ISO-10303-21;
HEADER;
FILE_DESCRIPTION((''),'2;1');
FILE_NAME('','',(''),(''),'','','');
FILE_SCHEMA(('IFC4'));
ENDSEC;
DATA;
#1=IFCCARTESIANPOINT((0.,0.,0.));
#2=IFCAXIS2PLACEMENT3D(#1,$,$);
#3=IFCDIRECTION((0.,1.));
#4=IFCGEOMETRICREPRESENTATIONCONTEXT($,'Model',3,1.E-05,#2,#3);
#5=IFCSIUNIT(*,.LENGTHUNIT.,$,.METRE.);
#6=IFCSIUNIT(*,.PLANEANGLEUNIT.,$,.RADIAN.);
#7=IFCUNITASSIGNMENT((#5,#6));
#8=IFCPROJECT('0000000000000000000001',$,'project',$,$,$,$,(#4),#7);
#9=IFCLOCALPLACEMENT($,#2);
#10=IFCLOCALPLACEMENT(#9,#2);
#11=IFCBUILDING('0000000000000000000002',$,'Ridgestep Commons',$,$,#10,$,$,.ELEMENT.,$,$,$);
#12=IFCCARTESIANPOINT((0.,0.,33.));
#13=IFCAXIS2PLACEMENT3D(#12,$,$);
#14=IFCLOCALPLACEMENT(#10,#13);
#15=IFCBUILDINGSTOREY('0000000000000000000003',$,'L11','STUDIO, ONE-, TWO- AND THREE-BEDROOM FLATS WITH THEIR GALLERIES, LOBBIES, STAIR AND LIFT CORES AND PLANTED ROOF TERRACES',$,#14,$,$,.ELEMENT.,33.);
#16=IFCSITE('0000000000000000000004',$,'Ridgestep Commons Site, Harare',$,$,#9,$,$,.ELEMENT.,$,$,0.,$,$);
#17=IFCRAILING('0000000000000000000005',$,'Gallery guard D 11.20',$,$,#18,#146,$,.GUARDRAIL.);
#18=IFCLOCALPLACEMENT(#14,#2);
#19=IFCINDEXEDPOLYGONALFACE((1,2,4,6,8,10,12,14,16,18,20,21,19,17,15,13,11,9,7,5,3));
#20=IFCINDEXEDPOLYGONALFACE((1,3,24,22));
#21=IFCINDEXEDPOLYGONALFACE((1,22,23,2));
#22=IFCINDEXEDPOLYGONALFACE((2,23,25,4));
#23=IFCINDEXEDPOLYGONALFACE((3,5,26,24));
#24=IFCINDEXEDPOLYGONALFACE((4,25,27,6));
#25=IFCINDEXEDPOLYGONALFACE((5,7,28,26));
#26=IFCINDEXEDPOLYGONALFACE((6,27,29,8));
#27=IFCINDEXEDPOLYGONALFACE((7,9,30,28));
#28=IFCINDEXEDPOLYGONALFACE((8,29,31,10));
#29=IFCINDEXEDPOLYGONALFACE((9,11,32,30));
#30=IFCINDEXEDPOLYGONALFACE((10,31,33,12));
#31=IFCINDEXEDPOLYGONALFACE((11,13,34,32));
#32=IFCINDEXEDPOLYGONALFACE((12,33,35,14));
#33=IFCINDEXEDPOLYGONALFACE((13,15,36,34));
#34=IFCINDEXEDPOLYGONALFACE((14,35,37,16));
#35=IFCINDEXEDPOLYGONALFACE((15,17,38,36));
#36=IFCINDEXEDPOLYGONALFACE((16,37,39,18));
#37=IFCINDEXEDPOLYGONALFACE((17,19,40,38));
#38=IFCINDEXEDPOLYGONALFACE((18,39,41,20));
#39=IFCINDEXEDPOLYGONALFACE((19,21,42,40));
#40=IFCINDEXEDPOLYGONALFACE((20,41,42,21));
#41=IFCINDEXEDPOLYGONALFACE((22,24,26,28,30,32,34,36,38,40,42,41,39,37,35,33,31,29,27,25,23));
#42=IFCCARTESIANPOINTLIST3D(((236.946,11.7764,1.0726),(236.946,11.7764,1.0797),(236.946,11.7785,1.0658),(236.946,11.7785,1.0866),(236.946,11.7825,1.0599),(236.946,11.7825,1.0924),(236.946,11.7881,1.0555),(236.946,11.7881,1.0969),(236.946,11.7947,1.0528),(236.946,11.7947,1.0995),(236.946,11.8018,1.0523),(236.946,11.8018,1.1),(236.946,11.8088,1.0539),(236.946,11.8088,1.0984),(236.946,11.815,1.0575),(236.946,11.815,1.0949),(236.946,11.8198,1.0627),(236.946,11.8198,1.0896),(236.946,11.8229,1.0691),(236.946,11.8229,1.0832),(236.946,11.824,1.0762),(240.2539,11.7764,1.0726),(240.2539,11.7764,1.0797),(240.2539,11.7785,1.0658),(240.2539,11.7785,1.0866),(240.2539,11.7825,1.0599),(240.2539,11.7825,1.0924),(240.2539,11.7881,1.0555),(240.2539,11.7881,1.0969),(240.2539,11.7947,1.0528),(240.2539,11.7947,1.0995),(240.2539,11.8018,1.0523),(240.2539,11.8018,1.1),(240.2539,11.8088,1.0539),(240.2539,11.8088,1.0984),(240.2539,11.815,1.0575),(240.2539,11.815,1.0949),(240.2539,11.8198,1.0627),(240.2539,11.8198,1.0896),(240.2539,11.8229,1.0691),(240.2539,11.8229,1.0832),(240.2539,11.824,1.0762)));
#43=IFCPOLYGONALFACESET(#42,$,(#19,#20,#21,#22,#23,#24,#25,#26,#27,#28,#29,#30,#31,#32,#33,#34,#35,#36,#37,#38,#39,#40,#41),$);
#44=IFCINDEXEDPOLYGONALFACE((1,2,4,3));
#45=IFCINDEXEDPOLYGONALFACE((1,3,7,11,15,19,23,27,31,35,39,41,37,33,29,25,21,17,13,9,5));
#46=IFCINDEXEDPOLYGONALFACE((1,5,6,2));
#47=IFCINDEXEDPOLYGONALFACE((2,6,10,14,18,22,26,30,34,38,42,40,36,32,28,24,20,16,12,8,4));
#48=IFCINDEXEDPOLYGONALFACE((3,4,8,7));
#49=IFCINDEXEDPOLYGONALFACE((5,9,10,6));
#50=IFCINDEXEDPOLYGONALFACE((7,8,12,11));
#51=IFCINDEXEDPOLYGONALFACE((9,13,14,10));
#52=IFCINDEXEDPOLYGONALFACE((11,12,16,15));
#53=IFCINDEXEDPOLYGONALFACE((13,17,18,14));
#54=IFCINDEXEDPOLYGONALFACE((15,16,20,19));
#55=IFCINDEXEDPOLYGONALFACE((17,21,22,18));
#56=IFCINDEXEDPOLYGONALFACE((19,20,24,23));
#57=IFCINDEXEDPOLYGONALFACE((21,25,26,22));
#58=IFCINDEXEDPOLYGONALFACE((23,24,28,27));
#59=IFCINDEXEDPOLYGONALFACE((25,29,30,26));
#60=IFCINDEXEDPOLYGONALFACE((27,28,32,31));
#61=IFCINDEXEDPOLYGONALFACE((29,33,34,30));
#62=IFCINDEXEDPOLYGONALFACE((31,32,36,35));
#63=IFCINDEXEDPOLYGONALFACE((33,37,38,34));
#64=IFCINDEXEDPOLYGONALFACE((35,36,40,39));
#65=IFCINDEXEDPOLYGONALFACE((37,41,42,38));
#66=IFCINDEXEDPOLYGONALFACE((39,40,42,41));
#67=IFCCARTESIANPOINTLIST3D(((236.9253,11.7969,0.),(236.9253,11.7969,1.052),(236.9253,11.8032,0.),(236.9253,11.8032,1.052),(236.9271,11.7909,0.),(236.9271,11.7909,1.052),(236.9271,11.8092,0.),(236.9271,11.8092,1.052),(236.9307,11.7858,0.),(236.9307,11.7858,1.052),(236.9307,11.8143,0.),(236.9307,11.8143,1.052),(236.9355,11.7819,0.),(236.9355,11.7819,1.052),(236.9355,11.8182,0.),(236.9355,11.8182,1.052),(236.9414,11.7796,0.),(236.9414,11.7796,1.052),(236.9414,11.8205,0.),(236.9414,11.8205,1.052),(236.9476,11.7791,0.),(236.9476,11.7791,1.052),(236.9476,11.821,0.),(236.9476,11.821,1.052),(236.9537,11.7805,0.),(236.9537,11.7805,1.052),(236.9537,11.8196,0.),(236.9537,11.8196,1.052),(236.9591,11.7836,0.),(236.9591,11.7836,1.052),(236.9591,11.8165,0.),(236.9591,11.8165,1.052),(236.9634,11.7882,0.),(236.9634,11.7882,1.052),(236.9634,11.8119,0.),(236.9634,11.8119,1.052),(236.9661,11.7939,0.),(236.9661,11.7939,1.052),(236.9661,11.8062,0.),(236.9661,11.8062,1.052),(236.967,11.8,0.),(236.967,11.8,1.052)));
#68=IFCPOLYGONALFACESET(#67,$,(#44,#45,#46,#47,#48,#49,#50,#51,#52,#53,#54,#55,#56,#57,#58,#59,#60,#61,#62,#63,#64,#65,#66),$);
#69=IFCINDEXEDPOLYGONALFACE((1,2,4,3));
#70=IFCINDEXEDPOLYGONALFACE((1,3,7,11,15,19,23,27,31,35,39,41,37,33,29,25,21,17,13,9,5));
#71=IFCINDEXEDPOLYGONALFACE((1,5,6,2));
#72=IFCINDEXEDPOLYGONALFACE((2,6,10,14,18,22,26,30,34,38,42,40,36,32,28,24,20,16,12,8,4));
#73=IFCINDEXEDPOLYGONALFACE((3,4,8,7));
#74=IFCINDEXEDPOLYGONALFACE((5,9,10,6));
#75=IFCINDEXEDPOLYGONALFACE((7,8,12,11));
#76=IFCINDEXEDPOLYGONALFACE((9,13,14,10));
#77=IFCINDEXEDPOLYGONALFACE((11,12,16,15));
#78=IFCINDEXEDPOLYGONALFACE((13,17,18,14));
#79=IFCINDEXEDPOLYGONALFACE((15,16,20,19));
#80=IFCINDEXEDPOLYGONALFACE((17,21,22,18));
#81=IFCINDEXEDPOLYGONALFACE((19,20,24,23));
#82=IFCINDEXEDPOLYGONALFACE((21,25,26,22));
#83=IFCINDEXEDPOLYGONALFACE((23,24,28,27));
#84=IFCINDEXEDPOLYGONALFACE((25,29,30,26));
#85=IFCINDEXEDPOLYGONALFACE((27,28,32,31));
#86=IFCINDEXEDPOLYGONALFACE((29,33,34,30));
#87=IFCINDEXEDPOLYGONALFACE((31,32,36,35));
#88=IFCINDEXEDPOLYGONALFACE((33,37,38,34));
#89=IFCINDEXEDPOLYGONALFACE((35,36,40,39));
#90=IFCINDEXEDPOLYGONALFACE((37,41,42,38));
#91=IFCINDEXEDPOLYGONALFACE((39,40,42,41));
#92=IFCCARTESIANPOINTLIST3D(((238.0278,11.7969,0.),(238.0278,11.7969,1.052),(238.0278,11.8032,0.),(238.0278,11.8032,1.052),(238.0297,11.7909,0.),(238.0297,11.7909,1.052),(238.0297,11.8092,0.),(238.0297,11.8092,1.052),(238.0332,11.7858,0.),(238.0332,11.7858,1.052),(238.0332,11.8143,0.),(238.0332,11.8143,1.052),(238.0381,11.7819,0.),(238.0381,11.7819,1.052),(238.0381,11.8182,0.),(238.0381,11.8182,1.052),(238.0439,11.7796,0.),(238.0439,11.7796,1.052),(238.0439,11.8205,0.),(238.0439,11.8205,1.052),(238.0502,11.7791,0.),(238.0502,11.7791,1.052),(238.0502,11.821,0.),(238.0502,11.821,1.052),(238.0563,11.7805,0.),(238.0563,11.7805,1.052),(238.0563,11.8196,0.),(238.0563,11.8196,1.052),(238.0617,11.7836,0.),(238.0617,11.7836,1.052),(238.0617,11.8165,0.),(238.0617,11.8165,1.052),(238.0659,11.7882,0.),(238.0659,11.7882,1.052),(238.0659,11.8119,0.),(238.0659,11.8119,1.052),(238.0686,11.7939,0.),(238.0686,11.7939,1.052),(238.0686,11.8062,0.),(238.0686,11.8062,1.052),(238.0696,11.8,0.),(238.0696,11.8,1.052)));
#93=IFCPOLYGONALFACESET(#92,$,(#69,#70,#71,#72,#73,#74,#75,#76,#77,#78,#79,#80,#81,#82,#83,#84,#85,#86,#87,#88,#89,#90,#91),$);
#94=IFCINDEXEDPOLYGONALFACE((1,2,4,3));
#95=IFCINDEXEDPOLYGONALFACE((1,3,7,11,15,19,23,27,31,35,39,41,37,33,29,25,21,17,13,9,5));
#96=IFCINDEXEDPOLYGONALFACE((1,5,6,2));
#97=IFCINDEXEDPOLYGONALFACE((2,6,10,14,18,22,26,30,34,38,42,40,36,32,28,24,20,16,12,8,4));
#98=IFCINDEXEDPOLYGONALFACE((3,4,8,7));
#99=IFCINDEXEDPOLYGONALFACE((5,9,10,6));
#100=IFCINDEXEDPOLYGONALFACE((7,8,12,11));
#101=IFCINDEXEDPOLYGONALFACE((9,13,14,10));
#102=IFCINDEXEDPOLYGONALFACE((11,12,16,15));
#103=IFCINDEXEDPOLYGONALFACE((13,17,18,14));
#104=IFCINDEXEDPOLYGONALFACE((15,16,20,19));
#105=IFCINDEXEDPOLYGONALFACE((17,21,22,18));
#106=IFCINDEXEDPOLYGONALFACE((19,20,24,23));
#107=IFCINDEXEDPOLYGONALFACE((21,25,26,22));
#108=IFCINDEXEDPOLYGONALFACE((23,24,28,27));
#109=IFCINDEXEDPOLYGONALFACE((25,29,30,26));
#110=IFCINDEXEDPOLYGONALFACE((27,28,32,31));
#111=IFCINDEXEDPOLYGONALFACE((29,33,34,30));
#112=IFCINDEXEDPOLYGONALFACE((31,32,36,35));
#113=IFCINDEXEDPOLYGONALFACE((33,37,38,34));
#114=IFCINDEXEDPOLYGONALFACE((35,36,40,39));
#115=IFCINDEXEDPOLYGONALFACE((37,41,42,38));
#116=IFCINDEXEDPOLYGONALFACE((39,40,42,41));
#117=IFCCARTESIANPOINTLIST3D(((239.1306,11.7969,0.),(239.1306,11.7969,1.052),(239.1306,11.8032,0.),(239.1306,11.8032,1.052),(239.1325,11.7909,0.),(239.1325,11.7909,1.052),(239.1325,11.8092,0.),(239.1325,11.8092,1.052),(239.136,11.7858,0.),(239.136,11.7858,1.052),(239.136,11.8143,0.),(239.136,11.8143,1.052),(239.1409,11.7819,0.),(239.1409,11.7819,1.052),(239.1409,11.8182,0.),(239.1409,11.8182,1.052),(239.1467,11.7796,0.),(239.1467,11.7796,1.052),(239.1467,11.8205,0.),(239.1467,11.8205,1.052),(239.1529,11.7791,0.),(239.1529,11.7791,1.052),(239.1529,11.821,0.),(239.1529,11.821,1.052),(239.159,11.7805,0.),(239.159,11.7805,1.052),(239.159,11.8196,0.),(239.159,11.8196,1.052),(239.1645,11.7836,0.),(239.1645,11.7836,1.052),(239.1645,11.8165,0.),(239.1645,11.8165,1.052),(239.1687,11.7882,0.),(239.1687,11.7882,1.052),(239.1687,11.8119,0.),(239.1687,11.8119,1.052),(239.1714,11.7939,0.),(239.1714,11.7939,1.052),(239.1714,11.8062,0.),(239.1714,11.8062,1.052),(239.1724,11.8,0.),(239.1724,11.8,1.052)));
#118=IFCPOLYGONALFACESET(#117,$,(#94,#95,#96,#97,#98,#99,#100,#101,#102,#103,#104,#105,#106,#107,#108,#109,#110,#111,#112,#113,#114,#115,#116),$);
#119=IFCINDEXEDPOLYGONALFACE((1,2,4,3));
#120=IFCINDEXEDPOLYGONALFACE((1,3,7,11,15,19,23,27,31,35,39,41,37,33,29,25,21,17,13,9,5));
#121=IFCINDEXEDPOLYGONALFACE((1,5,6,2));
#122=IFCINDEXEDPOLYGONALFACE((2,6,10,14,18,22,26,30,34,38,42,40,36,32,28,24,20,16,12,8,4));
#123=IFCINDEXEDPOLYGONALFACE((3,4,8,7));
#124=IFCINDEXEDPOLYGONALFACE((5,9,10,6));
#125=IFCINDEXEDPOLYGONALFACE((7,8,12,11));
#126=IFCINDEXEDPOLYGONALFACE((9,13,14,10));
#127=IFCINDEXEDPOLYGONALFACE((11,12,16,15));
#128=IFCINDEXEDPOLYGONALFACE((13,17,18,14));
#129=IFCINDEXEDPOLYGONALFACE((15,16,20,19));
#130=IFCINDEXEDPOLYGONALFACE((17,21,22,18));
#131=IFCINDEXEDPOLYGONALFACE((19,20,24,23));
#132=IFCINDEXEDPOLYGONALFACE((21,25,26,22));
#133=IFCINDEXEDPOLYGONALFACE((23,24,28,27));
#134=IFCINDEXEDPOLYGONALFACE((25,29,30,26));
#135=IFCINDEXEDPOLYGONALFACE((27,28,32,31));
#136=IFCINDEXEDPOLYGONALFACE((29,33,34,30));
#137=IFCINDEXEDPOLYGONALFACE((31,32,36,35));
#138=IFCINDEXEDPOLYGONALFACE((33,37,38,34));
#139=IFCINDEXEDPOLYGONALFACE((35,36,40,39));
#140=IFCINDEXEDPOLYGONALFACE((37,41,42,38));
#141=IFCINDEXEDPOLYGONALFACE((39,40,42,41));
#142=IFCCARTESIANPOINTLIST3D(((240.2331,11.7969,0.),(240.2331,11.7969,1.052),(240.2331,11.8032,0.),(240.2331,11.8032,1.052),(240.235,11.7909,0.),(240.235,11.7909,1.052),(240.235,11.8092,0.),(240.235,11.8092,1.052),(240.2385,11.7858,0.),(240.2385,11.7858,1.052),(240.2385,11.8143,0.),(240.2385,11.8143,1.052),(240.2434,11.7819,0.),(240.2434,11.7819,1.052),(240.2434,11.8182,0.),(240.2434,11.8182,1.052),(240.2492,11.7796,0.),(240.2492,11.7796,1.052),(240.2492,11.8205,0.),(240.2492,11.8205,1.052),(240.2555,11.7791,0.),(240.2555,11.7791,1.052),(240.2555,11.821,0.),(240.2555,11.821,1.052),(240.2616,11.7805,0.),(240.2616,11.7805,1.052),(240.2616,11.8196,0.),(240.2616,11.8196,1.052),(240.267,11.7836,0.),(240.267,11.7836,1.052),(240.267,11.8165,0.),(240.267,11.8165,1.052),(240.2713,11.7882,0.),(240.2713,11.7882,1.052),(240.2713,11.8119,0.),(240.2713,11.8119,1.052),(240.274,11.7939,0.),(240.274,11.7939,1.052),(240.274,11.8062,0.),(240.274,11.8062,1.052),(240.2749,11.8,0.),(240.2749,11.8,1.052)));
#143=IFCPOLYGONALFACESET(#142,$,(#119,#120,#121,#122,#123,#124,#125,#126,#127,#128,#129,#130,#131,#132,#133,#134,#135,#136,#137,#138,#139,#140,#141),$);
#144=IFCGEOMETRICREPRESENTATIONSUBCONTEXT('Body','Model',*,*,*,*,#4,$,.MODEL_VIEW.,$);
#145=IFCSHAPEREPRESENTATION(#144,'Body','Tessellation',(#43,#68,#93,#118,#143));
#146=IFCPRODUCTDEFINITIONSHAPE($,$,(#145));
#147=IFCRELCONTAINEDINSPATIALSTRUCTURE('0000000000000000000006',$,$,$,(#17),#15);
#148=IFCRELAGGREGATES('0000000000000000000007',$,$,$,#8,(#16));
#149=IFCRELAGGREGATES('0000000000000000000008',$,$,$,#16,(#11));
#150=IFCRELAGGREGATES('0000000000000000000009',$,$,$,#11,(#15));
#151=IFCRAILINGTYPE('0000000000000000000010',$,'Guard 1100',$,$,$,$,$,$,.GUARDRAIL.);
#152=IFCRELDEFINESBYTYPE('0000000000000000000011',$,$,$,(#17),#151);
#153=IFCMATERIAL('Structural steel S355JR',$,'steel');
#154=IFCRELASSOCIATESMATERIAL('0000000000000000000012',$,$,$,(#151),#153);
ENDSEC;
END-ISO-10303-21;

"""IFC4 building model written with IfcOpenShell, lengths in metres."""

from ifc_helpers import new_model, si_unit, direction, frame, origin, origin_2d, place, context, subcontext, project, spatial, circle, extrude, material, type_object, element, save


model = new_model("IFC4")

# Units and contexts
model_context = context("Model", 3, precision=1e-05, world=origin(), true_north=direction((0.0, 1.0)))
body_context = subcontext(model_context, "Body", "Model", "MODEL_VIEW")
ifc_project = project(units=[si_unit("LENGTHUNIT", "METRE"), si_unit("PLANEANGLEUNIT", "RADIAN")], contexts=[model_context])

# Site, building, storey
site_placement = place(None, origin())
site = spatial("IfcSite", under=ifc_project, at=site_placement, Name="Ridgestep Commons Site, Harare", CompositionType="ELEMENT", RefElevation=0.0)
building_placement = place(site_placement, origin())
building = spatial("IfcBuilding", under=site, at=building_placement, Name="Ridgestep Commons", CompositionType="ELEMENT")
storey_placement = place(building_placement, frame((0.0, 0.0, 33.0)))
storey = spatial("IfcBuildingStorey", under=building, at=storey_placement, Name="L11", Description="STUDIO, ONE-, TWO- AND THREE-BEDROOM FLATS WITH THEIR GALLERIES, LOBBIES, STAIR AND LIFT CORES AND PLANTED ROOF TERRACES", CompositionType="ELEMENT", Elevation=33.0)

# Railing
ifc_material_1 = material(Name="Structural steel S355JR", Category="steel")
railing_type_1 = type_object("IfcRailingType", Name="Guard 1100", PredefinedType="GUARDRAIL", material=ifc_material_1)
railing_1_placement = place(storey_placement, frame((236.946, 11.8, 0.0)))
element("IfcRailing", 1, at=railing_1_placement, inside=storey, type_object=railing_type_1, Name="Gallery guard D 11.20", PredefinedType="GUARDRAIL", context=body_context, shape_type="SweptSolid", body=[
    extrude(circle(Radius=0.0239, at=origin_2d()), frame((0.0, 0.0, 1.0762), z_axis=(1.0, 0.0, 0.0), x_axis=(0.0, 1.0, 0.0)), (0.0, 0.0, 1.0), 3.3079),
    extrude(circle(Radius=0.021, at=origin_2d()), origin(), (0.0, 0.0, 1.0), 1.052),
    extrude(circle(Radius=0.021, at=origin_2d()), frame((1.1025, 0.0, 0.0)), (0.0, 0.0, 1.0), 1.052),
    extrude(circle(Radius=0.021, at=origin_2d()), frame((2.2053, 0.0, 0.0)), (0.0, 0.0, 1.0), 1.052),
    extrude(circle(Radius=0.021, at=origin_2d()), frame((3.3079, 0.0, 0.0)), (0.0, 0.0, 1.0), 1.052),
])

save(model, "model.ifc")
